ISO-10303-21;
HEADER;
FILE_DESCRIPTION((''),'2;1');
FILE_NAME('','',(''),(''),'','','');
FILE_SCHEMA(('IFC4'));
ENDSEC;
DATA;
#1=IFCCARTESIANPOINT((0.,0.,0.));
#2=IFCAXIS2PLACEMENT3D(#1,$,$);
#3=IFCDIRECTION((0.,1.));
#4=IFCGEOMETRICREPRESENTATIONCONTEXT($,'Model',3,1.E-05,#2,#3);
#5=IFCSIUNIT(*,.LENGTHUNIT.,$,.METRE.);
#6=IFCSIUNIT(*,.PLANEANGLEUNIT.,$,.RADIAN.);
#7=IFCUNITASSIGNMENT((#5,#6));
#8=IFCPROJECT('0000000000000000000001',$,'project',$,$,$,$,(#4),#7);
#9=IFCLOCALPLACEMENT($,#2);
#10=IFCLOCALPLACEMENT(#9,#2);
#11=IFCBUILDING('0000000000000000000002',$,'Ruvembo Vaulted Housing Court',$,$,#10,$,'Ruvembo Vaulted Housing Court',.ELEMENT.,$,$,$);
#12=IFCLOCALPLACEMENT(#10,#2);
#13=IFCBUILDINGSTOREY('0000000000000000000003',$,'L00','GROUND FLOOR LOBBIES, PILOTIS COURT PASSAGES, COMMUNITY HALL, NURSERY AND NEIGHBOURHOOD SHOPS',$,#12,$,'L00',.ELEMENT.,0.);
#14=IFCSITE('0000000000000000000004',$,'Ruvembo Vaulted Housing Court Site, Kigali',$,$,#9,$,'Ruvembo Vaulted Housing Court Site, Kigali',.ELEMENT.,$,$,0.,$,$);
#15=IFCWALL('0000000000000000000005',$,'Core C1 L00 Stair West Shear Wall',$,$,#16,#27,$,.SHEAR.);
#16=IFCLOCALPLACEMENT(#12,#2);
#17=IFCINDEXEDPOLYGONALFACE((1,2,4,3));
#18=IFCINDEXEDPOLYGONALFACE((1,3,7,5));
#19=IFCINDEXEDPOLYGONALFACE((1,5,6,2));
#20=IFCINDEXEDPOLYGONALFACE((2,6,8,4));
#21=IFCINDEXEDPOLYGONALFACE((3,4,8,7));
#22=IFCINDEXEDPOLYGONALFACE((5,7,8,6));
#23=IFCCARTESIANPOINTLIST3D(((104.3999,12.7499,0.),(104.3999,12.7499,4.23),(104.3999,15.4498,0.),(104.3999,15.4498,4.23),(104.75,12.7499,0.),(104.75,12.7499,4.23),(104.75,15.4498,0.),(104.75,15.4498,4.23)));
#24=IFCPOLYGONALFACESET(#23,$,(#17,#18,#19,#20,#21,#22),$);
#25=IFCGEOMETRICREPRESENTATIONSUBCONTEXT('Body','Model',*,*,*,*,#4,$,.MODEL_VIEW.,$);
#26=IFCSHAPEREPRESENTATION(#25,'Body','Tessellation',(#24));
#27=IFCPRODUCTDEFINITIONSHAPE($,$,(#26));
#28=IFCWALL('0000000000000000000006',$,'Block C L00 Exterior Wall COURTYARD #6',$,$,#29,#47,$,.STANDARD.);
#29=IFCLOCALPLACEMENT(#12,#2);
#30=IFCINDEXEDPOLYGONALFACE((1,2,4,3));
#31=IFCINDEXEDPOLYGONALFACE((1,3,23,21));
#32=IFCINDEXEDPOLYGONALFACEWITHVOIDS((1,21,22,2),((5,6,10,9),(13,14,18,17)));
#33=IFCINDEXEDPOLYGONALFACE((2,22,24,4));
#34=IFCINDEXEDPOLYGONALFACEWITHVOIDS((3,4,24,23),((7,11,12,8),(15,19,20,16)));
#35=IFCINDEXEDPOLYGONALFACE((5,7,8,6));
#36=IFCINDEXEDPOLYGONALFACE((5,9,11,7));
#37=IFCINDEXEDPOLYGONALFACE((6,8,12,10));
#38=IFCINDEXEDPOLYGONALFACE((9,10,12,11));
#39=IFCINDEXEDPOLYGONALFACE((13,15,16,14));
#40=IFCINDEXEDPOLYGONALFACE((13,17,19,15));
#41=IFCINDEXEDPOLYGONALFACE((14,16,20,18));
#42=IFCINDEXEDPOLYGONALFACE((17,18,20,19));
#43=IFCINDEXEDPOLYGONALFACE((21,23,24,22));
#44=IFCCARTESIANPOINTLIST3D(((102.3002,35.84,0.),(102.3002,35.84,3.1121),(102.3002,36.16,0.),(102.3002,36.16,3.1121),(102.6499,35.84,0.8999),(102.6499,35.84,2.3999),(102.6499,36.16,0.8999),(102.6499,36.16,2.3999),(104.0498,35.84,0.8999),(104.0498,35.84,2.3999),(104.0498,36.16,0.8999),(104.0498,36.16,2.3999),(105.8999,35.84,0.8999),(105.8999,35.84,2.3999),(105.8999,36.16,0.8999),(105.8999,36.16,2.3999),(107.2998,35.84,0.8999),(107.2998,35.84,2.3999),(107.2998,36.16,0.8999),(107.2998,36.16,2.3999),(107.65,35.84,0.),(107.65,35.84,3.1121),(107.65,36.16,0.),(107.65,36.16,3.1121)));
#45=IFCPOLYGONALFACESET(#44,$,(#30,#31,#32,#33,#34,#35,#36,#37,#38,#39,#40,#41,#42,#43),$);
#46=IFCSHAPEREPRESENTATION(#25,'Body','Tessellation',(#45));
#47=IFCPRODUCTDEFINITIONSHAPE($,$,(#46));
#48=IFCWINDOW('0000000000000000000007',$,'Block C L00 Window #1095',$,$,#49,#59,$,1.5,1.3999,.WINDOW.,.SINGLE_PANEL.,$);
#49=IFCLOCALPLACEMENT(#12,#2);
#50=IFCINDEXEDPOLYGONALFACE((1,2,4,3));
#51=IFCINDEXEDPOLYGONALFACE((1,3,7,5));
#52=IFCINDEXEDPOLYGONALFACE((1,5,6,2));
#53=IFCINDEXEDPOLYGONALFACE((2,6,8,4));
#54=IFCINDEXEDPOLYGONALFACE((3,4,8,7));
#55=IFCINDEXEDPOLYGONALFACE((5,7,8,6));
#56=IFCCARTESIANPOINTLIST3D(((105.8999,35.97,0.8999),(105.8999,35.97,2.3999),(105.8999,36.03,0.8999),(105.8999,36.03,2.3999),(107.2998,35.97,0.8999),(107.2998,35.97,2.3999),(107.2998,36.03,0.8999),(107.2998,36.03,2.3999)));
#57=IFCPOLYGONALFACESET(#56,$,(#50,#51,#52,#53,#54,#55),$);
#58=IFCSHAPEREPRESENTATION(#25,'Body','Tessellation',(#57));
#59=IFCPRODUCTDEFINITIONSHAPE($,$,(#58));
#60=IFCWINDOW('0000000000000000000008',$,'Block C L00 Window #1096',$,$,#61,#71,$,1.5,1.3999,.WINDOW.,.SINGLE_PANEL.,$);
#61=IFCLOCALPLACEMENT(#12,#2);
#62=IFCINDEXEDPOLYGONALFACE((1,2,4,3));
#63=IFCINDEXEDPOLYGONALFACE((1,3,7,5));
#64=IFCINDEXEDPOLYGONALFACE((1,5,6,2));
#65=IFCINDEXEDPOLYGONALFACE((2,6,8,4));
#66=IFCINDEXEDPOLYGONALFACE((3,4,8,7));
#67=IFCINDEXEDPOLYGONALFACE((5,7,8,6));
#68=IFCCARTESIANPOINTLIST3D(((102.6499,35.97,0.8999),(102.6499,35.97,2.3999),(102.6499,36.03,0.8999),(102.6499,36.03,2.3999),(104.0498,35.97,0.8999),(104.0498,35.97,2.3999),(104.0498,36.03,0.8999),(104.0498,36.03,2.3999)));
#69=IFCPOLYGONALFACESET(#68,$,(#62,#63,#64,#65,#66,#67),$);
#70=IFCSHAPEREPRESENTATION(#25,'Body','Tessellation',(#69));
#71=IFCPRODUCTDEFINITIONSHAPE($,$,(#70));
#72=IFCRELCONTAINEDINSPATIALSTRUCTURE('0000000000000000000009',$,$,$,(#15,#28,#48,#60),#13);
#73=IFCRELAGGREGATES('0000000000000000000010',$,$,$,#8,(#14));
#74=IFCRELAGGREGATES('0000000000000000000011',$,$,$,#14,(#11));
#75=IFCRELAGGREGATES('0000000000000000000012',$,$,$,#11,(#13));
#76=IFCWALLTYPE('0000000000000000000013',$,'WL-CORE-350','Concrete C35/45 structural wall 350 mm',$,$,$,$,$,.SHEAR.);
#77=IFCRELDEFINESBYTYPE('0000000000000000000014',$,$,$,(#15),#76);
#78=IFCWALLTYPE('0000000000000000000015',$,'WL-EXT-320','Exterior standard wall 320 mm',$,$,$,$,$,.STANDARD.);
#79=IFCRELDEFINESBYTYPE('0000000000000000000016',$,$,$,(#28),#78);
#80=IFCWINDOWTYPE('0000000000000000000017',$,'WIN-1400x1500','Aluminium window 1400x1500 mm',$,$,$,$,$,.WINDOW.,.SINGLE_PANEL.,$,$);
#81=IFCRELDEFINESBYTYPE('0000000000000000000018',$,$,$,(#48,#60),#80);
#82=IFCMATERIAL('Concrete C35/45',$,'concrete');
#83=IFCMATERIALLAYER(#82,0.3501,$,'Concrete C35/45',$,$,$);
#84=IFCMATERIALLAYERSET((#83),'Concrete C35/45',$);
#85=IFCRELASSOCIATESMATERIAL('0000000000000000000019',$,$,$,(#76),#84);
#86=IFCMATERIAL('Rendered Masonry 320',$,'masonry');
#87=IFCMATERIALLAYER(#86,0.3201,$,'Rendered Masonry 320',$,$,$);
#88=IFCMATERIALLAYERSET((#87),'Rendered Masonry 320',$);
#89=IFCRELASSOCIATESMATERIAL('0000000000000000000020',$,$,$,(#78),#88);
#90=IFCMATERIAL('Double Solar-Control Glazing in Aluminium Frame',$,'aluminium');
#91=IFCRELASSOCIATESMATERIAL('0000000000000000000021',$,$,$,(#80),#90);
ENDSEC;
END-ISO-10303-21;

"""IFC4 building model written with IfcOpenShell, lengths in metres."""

from ifc_helpers import new_model, si_unit, direction, frame, frame_2d, origin, place, context, subcontext, project, spatial, rectangle, extrude, material, layer, layer_set, type_object, element, fill, save


model = new_model("IFC4")

# Units and contexts
model_context = context("Model", 3, precision=1e-05, world=origin(), true_north=direction((0.0, 1.0)))
body_context = subcontext(model_context, "Body", "Model", "MODEL_VIEW")
ifc_project = project(units=[si_unit("LENGTHUNIT", "METRE"), si_unit("PLANEANGLEUNIT", "RADIAN")], contexts=[model_context])

# Site, building, storey
site_placement = place(None, origin())
site = spatial("IfcSite", under=ifc_project, at=site_placement, Name="Ruvembo Vaulted Housing Court Site, Kigali", LongName="Ruvembo Vaulted Housing Court Site, Kigali", CompositionType="ELEMENT", RefElevation=0.0)
building_placement = place(site_placement, origin())
building = spatial("IfcBuilding", under=site, at=building_placement, Name="Ruvembo Vaulted Housing Court", LongName="Ruvembo Vaulted Housing Court", CompositionType="ELEMENT")
storey_placement = place(building_placement, origin())
storey = spatial("IfcBuildingStorey", under=building, at=storey_placement, Name="L00", Description="GROUND FLOOR LOBBIES, PILOTIS COURT PASSAGES, COMMUNITY HALL, NURSERY AND NEIGHBOURHOOD SHOPS", LongName="L00", CompositionType="ELEMENT", Elevation=0.0)

# Shared definitions
ifc_material_1 = material(Name="Concrete C35/45", Category="concrete")

# Wall
ifc_layer_1 = layer(ifc_material_1, 0.3501, Name="Concrete C35/45")
ifc_layer_set_1 = layer_set([ifc_layer_1], Name="Concrete C35/45")
wall_type_1 = type_object("IfcWallType", Name="WL-CORE-350", Description="Concrete C35/45 structural wall 350 mm", PredefinedType="SHEAR", material=ifc_layer_set_1)
wall_1_placement = place(storey_placement, frame((104.575, 15.45, 0.0), z_axis=(0.0, 0.0, 1.0), x_axis=(0.0, -1.0, 0.0)))
element("IfcWall", 1, at=wall_1_placement, inside=storey, type_object=wall_type_1, Name="Core C1 L00 Stair West Shear Wall", PredefinedType="SHEAR", context=body_context, shape_type="SweptSolid", body=[
    extrude(rectangle(XDim=2.7, YDim=0.3501, at=frame_2d((1.3501, 0.0))), origin(), (0.0, 0.0, 1.0), 4.23),
])

# Wall, openings, windows
ifc_material_2 = material(Name="Rendered Masonry 320", Category="masonry")
ifc_layer_2 = layer(ifc_material_2, 0.3201, Name="Rendered Masonry 320")
ifc_layer_set_2 = layer_set([ifc_layer_2], Name="Rendered Masonry 320")
wall_type_2 = type_object("IfcWallType", Name="WL-EXT-320", Description="Exterior standard wall 320 mm", PredefinedType="STANDARD", material=ifc_layer_set_2)
wall_2_placement = place(storey_placement, frame((107.6499, 36.0, 0.0), z_axis=(0.0, 0.0, 1.0), x_axis=(-1.0, 0.0, 0.0)))
wall_2 = element("IfcWall", 2, at=wall_2_placement, inside=storey, type_object=wall_type_2, Name="Block C L00 Exterior Wall COURTYARD #6", PredefinedType="STANDARD", context=body_context, shape_type="SweptSolid", body=[
    extrude(rectangle(XDim=5.3499, YDim=0.3201, at=frame_2d((2.6748, 0.0))), origin(), (0.0, 0.0, 1.0), 3.1121),
])
opening_1_placement = place(wall_2_placement, frame((0.3501, 0.0, 0.8999)))
opening_1 = element("IfcOpeningElement", 3, at=opening_1_placement, cuts=wall_2, PredefinedType="OPENING", context=body_context, shape_type="SweptSolid", body=[
    extrude(rectangle(XDim=1.3999, YDim=1.5, at=frame_2d((0.7, 0.75))), frame((0.0, 0.1699, 0.0), z_axis=(0.0, -1.0, 0.0), x_axis=(1.0, 0.0, 0.0)), (0.0, 0.0, 1.0), 0.3401),
])
opening_2_placement = place(wall_2_placement, frame((3.6001, 0.0, 0.8999)))
opening_2 = element("IfcOpeningElement", 4, at=opening_2_placement, cuts=wall_2, PredefinedType="OPENING", context=body_context, shape_type="SweptSolid", body=[
    extrude(rectangle(XDim=1.3999, YDim=1.5, at=frame_2d((0.7, 0.75))), frame((0.0, 0.1699, 0.0), z_axis=(0.0, -1.0, 0.0), x_axis=(1.0, 0.0, 0.0)), (0.0, 0.0, 1.0), 0.3401),
])
ifc_material_3 = material(Name="Double Solar-Control Glazing in Aluminium Frame", Category="aluminium")
window_type = type_object("IfcWindowType", Name="WIN-1400x1500", Description="Aluminium window 1400x1500 mm", PartitioningType="SINGLE_PANEL", PredefinedType="WINDOW", material=ifc_material_3)
window_1_placement = place(opening_1_placement, origin())
window_1 = element("IfcWindow", 5, at=window_1_placement, inside=storey, type_object=window_type, Name="Block C L00 Window #1095", OverallHeight=1.5, OverallWidth=1.3999, PartitioningType="SINGLE_PANEL", PredefinedType="WINDOW", context=body_context, shape_type="SweptSolid", body=[
    extrude(rectangle(XDim=1.3999, YDim=1.5, at=frame_2d((0.7, 0.75))), frame((0.0, 0.03, 0.0), z_axis=(0.0, -1.0, 0.0), x_axis=(1.0, 0.0, 0.0)), (0.0, 0.0, 1.0), 0.0601),
])
fill(opening_1, window_1)
window_2_placement = place(opening_2_placement, origin())
window_2 = element("IfcWindow", 6, at=window_2_placement, inside=storey, type_object=window_type, Name="Block C L00 Window #1096", OverallHeight=1.5, OverallWidth=1.3999, PartitioningType="SINGLE_PANEL", PredefinedType="WINDOW", context=body_context, shape_type="SweptSolid", body=[
    extrude(rectangle(XDim=1.3999, YDim=1.5, at=frame_2d((0.7, 0.75))), frame((0.0, 0.03, 0.0), z_axis=(0.0, -1.0, 0.0), x_axis=(1.0, 0.0, 0.0)), (0.0, 0.0, 1.0), 0.0601),
])
fill(opening_2, window_2)

save(model, "model.ifc")
